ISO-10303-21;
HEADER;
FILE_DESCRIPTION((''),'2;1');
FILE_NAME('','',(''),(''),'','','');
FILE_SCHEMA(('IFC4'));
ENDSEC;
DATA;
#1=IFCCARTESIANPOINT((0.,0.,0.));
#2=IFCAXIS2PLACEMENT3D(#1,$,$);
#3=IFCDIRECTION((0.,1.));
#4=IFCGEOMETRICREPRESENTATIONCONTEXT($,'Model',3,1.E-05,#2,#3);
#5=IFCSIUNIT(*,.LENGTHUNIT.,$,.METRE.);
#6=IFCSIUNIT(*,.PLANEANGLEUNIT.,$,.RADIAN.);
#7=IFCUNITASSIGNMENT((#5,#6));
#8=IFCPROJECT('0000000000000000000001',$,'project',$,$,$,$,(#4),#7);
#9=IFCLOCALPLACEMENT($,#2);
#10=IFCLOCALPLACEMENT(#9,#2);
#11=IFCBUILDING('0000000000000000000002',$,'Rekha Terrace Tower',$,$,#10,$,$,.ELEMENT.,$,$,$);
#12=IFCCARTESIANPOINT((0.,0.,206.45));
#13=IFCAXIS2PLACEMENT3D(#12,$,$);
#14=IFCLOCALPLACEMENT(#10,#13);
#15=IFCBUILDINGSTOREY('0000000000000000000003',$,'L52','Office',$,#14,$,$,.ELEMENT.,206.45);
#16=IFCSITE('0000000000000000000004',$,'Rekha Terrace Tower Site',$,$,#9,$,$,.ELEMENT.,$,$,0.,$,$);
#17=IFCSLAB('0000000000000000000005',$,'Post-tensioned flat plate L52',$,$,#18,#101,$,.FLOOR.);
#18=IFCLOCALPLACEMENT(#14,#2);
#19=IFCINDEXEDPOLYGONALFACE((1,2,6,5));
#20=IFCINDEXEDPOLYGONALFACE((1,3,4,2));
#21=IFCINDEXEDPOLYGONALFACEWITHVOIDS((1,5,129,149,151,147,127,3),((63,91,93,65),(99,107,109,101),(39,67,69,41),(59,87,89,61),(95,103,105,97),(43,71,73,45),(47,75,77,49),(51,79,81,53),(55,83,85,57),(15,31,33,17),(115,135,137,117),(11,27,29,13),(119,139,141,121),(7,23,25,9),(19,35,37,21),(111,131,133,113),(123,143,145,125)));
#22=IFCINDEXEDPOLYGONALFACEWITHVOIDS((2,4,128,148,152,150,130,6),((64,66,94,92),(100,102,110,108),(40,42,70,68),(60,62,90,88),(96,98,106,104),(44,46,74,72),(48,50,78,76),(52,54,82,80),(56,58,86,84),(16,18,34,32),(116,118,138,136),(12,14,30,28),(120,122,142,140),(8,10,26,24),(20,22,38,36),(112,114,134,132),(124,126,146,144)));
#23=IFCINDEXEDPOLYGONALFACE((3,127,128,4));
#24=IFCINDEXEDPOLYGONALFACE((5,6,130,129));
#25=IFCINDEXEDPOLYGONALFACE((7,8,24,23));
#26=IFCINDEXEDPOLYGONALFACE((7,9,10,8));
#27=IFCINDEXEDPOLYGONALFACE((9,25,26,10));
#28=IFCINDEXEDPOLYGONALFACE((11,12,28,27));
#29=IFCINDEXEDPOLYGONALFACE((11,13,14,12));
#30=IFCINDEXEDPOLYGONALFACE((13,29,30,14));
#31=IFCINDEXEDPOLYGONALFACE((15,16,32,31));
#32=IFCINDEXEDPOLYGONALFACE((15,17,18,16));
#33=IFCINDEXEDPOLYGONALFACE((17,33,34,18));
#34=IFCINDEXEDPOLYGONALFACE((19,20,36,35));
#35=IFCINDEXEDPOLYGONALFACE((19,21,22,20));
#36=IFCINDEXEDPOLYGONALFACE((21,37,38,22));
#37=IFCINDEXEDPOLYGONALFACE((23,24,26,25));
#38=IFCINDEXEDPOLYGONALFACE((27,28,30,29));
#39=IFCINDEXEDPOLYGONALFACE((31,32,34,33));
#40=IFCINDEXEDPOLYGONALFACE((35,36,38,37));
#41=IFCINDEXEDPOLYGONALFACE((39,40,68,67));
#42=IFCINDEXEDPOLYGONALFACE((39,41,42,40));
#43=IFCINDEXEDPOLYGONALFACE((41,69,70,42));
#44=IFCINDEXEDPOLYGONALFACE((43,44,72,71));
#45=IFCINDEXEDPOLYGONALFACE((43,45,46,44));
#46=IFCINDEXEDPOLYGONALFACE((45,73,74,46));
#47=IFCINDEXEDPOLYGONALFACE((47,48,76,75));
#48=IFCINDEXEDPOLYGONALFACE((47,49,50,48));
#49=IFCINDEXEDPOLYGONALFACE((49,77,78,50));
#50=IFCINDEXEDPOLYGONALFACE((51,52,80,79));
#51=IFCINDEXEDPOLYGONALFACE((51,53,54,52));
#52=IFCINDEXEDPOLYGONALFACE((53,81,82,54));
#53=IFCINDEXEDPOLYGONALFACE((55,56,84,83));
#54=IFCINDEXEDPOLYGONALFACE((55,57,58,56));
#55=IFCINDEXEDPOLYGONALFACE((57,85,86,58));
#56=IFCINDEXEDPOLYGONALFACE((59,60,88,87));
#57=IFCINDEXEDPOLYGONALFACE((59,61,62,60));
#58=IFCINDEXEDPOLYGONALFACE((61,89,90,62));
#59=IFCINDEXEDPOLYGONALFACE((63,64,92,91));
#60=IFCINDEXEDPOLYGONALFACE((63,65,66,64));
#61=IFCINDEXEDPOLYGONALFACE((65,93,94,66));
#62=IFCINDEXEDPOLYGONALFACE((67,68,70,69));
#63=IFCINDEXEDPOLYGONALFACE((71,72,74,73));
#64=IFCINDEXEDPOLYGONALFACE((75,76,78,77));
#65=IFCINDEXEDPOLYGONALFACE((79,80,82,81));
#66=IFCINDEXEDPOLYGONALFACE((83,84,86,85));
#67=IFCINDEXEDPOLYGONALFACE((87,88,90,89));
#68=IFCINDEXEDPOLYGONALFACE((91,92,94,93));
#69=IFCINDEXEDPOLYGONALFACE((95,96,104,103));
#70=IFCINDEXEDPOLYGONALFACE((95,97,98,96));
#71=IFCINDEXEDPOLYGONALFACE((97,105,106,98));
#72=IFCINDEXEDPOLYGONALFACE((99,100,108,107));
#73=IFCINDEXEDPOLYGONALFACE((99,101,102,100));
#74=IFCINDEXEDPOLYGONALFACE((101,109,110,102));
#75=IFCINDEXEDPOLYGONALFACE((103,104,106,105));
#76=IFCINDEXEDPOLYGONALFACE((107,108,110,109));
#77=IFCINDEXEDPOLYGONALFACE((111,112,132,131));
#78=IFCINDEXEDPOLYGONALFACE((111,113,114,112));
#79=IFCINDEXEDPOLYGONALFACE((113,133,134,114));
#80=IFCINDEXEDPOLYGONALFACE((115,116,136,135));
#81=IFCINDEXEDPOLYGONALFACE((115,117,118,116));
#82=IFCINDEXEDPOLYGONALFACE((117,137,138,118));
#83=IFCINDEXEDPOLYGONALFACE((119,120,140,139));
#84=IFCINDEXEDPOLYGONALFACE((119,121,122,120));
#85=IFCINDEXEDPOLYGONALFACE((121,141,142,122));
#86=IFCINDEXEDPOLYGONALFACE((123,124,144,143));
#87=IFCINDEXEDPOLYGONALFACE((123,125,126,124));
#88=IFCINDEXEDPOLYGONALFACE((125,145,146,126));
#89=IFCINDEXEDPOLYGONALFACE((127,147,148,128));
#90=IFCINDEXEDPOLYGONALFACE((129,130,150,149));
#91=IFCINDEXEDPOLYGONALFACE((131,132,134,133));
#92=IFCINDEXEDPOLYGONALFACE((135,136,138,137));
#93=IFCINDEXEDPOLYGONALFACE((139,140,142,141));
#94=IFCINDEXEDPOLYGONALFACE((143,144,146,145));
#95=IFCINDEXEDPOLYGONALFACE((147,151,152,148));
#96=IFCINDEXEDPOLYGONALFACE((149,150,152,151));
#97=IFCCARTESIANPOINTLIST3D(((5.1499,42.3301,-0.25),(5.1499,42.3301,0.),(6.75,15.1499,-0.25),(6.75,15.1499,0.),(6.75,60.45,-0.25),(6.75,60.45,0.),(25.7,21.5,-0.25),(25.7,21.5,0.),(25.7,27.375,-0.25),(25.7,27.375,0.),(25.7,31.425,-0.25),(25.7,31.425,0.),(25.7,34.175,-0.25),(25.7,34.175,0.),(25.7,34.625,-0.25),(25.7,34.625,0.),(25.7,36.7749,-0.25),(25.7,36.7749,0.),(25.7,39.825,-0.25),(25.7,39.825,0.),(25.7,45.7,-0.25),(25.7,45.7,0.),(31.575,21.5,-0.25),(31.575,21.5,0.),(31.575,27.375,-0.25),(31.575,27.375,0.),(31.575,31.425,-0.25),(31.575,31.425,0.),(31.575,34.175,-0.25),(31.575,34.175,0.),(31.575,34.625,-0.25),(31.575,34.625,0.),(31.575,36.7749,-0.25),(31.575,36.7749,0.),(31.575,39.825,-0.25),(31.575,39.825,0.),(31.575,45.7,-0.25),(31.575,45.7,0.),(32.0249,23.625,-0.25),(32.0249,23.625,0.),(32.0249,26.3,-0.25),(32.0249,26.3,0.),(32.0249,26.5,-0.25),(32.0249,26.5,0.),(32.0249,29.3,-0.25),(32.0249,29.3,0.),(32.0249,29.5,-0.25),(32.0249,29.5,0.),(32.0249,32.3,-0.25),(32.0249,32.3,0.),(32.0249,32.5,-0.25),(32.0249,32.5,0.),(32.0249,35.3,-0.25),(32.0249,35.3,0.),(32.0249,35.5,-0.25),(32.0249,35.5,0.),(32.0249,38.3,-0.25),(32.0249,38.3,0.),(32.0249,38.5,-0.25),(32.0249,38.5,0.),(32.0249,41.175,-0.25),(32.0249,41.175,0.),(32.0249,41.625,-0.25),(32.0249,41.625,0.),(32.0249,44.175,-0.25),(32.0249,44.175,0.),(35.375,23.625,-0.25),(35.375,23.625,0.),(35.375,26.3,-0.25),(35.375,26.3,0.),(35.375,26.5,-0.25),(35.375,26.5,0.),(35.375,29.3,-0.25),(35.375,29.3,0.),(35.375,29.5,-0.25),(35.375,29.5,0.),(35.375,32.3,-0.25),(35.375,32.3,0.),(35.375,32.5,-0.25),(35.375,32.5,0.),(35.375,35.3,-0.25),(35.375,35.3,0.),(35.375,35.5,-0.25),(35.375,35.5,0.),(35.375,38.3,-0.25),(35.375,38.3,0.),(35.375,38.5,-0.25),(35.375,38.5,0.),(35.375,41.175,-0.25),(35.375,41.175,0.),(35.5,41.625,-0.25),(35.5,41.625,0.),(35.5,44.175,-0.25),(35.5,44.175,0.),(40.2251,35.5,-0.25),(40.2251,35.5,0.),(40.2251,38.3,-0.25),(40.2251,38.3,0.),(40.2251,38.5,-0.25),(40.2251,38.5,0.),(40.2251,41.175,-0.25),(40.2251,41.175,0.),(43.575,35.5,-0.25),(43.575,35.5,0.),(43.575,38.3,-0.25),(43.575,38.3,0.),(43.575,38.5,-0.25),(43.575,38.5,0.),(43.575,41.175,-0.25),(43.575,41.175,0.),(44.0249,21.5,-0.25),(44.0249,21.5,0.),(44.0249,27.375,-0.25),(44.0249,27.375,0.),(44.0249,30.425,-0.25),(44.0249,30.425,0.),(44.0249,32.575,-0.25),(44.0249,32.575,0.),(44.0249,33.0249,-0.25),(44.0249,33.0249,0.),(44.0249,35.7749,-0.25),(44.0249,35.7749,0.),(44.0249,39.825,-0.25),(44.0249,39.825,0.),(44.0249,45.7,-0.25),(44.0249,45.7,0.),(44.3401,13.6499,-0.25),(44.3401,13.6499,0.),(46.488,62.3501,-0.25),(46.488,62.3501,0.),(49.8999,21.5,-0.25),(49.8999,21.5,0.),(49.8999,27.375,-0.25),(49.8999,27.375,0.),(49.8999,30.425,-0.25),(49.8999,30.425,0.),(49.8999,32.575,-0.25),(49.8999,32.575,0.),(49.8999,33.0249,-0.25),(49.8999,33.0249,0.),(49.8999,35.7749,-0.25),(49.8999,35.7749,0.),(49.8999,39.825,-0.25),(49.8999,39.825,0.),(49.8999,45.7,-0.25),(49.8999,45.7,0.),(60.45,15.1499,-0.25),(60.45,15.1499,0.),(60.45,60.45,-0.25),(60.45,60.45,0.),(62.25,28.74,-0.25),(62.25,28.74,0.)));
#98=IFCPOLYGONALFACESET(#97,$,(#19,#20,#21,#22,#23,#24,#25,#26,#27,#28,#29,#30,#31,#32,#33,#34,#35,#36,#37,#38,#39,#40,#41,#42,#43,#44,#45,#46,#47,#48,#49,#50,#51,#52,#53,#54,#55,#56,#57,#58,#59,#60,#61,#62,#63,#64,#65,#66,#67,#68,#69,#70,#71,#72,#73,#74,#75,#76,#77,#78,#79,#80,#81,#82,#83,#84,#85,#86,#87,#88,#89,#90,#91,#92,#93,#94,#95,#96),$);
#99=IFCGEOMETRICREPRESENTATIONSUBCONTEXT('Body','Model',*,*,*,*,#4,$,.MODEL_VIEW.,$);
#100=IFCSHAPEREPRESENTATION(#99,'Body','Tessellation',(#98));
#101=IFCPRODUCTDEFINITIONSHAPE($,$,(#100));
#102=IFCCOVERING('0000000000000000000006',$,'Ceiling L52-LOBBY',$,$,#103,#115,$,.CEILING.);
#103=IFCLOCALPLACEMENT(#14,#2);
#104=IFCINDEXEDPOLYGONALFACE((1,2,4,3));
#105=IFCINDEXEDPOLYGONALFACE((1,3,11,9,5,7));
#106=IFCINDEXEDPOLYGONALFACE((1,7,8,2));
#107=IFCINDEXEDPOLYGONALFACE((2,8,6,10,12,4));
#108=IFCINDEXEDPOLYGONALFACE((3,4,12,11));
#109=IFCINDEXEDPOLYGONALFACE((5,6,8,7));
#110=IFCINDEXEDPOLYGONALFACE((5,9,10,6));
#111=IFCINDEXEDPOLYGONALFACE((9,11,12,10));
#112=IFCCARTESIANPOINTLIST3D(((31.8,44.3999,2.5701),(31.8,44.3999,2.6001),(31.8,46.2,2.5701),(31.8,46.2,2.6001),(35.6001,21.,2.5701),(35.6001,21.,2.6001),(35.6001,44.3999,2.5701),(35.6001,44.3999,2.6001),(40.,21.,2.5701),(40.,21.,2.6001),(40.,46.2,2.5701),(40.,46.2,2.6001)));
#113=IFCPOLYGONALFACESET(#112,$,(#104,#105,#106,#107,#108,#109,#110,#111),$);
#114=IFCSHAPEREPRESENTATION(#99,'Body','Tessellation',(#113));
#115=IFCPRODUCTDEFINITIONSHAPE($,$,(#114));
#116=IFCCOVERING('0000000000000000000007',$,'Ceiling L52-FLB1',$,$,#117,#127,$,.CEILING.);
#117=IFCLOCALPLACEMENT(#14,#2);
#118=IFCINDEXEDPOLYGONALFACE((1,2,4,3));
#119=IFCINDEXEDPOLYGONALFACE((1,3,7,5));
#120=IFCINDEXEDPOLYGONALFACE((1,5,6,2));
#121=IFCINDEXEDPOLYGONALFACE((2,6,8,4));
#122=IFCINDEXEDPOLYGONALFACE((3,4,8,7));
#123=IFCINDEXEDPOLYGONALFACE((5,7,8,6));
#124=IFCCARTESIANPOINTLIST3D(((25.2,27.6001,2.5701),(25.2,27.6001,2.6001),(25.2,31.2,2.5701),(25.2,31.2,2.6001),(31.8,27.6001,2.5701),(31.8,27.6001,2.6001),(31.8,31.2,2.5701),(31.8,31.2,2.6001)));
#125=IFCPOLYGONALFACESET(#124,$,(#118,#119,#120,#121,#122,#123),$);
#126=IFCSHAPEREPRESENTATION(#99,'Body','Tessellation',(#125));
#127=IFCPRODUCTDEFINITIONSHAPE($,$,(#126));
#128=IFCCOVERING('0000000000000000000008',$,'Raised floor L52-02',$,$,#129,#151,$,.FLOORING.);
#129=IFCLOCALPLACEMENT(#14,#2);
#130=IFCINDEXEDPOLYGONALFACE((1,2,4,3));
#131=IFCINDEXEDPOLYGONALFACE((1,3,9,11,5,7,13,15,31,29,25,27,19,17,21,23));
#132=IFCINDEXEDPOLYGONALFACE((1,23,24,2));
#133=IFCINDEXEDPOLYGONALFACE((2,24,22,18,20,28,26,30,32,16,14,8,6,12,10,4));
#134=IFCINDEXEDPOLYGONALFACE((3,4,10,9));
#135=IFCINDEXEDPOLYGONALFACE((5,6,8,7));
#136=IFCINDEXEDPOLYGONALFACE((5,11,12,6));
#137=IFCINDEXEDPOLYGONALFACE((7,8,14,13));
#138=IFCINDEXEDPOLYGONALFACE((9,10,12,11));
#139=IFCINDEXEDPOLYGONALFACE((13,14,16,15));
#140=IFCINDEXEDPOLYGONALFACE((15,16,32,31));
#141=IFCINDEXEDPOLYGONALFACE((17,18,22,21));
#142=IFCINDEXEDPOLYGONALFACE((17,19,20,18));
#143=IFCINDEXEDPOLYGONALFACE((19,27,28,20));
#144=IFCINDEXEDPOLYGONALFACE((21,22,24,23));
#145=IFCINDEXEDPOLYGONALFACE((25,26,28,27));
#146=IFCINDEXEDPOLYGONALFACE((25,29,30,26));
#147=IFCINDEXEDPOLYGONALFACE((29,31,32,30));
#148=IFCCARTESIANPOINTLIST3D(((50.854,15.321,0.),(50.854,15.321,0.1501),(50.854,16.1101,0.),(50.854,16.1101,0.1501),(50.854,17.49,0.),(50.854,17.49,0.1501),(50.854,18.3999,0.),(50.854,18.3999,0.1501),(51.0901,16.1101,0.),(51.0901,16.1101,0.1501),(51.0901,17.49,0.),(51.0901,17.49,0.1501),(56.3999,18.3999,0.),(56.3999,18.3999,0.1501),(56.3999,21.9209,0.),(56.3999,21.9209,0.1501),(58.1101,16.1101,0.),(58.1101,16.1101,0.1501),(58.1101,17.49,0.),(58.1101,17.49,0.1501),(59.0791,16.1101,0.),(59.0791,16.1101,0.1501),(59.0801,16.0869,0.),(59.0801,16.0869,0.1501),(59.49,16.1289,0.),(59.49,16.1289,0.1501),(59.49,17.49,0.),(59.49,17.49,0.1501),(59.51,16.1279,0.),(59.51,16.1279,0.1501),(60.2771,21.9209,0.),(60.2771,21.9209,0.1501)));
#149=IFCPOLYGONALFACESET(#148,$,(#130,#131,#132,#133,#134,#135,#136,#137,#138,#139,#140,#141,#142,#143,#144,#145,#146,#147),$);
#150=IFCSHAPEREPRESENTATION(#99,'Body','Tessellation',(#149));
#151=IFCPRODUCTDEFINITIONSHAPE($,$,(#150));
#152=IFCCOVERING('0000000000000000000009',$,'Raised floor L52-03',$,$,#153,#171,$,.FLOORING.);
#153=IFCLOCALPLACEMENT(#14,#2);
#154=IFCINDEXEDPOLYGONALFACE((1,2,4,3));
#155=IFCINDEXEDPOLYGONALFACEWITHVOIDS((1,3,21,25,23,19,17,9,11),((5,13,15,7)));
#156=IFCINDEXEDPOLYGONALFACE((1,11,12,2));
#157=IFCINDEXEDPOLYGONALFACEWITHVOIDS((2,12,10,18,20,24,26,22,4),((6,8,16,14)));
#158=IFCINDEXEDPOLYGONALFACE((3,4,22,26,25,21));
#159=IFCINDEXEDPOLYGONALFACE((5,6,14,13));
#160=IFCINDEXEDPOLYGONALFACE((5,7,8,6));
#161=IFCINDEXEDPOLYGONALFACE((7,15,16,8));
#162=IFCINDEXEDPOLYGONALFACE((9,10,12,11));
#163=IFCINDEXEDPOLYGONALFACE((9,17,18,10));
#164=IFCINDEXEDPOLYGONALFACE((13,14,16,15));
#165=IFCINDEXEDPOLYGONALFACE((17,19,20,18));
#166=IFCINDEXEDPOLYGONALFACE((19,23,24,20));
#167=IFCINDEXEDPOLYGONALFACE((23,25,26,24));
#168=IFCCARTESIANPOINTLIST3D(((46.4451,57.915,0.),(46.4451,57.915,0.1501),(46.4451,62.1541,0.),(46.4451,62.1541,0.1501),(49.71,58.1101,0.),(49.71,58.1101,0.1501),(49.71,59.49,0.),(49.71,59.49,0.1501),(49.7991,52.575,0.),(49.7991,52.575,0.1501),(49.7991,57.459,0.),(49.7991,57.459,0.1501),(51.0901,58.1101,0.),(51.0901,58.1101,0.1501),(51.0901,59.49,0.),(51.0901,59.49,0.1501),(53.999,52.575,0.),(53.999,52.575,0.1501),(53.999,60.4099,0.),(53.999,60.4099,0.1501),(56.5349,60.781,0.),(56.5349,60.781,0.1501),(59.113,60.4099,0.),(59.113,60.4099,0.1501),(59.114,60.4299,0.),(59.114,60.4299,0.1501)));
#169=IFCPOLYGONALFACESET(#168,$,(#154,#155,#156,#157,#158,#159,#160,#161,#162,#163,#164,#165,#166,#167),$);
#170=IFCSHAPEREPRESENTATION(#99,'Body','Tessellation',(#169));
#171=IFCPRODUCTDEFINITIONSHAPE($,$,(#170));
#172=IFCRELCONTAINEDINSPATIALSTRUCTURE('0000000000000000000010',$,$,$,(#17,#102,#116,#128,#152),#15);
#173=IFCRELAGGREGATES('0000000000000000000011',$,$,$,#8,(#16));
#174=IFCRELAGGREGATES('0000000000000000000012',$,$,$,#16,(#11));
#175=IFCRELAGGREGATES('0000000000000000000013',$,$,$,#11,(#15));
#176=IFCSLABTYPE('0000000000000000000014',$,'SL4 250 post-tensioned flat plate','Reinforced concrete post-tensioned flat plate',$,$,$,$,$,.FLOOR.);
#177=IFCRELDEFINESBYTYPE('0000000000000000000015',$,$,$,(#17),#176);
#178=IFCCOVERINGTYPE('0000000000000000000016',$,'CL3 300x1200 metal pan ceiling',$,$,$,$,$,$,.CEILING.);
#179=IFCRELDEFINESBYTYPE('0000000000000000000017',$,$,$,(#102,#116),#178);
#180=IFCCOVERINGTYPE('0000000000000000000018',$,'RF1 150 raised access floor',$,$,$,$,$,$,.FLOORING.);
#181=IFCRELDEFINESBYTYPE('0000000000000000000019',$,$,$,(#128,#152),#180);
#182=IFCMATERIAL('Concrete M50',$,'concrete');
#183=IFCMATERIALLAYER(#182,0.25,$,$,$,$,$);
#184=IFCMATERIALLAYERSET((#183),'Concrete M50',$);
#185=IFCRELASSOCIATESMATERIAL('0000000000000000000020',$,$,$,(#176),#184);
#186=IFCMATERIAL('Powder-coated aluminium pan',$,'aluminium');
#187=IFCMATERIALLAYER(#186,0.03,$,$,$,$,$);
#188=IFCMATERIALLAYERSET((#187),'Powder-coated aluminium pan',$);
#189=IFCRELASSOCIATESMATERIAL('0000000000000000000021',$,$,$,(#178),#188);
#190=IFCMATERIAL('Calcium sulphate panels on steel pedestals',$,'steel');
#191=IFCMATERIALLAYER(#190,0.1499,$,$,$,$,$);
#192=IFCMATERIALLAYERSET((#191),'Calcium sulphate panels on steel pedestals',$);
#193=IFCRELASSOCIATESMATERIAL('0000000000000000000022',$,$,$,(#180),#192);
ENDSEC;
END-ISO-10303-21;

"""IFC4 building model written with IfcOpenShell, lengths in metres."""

from ifc_helpers import new_model, si_unit, direction, frame, origin, place, context, subcontext, project, spatial, polyline, outline, extrude, material, layer, layer_set, type_object, element, save


model = new_model("IFC4")

# Units and contexts
model_context = context("Model", 3, precision=1e-05, world=origin(), true_north=direction((0.0, 1.0)))
body_context = subcontext(model_context, "Body", "Model", "MODEL_VIEW")
ifc_project = project(units=[si_unit("LENGTHUNIT", "METRE"), si_unit("PLANEANGLEUNIT", "RADIAN")], contexts=[model_context])

# Site, building, storey
site_placement = place(None, origin())
site = spatial("IfcSite", under=ifc_project, at=site_placement, Name="Rekha Terrace Tower Site", CompositionType="ELEMENT", RefElevation=0.0)
building_placement = place(site_placement, origin())
building = spatial("IfcBuilding", under=site, at=building_placement, Name="Rekha Terrace Tower", CompositionType="ELEMENT")
storey_placement = place(building_placement, frame((0.0, 0.0, 206.45)))
storey = spatial("IfcBuildingStorey", under=building, at=storey_placement, Name="L52", Description="Office", CompositionType="ELEMENT", Elevation=206.45)

# Slab
ifc_material_1 = material(Name="Concrete M50", Category="concrete")
ifc_layer_1 = layer(ifc_material_1, 0.25)
ifc_layer_set_1 = layer_set([ifc_layer_1], Name="Concrete M50")
slab_type_1 = type_object("IfcSlabType", Name="SL4 250 post-tensioned flat plate", Description="Reinforced concrete post-tensioned flat plate", PredefinedType="FLOOR", material=ifc_layer_set_1)
slab_1_placement = place(storey_placement, frame((0.0, 0.0, -0.25)))
element("IfcSlab", 1, at=slab_1_placement, inside=storey, type_object=slab_type_1, Name="Post-tensioned flat plate L52", PredefinedType="FLOOR", context=body_context, shape_type="SweptSolid", body=[
    extrude(outline(polyline([(5.1499, 42.3301), (6.75, 15.1499), (44.3401, 13.6499), (60.45, 15.1499), (62.25, 28.74), (60.45, 60.45), (46.488, 62.3501), (6.75, 60.45), (5.1499, 42.3301)]), holes=[polyline([(31.575, 27.375), (31.575, 21.5), (25.7, 21.5), (25.7, 27.375), (31.575, 27.375)]), polyline([(35.375, 26.3), (35.375, 23.625), (32.0249, 23.625), (32.0249, 26.3), (35.375, 26.3)]), polyline([(35.375, 29.3), (35.375, 26.5), (32.0249, 26.5), (32.0249, 29.3), (35.375, 29.3)]), polyline([(35.375, 32.3), (35.375, 29.5), (32.0249, 29.5), (32.0249, 32.3), (35.375, 32.3)]), polyline([(31.575, 34.175), (31.575, 31.425), (25.7, 31.425), (25.7, 34.175), (31.575, 34.175)]), polyline([(35.375, 35.3), (35.375, 32.5), (32.0249, 32.5), (32.0249, 35.3), (35.375, 35.3)]), polyline([(31.575, 36.7749), (31.575, 34.625), (25.7, 34.625), (25.7, 36.7749), (31.575, 36.7749)]), polyline([(35.375, 38.3), (35.375, 35.5), (32.0249, 35.5), (32.0249, 38.3), (35.375, 38.3)]), polyline([(31.575, 45.7), (31.575, 39.825), (25.7, 39.825), (25.7, 45.7), (31.575, 45.7)]), polyline([(49.8999, 27.375), (49.8999, 21.5), (44.0249, 21.5), (44.0249, 27.375), (49.8999, 27.375)]), polyline([(49.8999, 32.575), (49.8999, 30.425), (44.0249, 30.425), (44.0249, 32.575), (49.8999, 32.575)]), polyline([(49.8999, 35.7749), (49.8999, 33.0249), (44.0249, 33.0249), (44.0249, 35.7749), (49.8999, 35.7749)]), polyline([(43.575, 38.3), (43.575, 35.5), (40.2251, 35.5), (40.2251, 38.3), (43.575, 38.3)]), polyline([(35.375, 41.175), (35.375, 38.5), (32.0249, 38.5), (32.0249, 41.175), (35.375, 41.175)]), polyline([(43.575, 41.175), (43.575, 38.5), (40.2251, 38.5), (40.2251, 41.175), (43.575, 41.175)]), polyline([(49.8999, 39.825), (44.0249, 39.825), (44.0249, 45.7), (49.8999, 45.7), (49.8999, 39.825)]), polyline([(35.5, 41.625), (32.0249, 41.625), (32.0249, 44.175), (35.5, 44.175), (35.5, 41.625)])]), origin(), (0.0, 0.0, 1.0), 0.25),
])

# Coverings
ifc_material_2 = material(Name="Powder-coated aluminium pan", Category="aluminium")
ifc_layer_2 = layer(ifc_material_2, 0.03)
ifc_layer_set_2 = layer_set([ifc_layer_2], Name="Powder-coated aluminium pan")
covering_type_1 = type_object("IfcCoveringType", Name="CL3 300x1200 metal pan ceiling", PredefinedType="CEILING", material=ifc_layer_set_2)
covering_1_placement = place(storey_placement, frame((0.0, 0.0, 2.5701)))
element("IfcCovering", 2, at=covering_1_placement, inside=storey, type_object=covering_type_1, Name="Ceiling L52-LOBBY", PredefinedType="CEILING", context=body_context, shape_type="SweptSolid", body=[
    extrude(outline(polyline([(35.6001, 44.3999), (35.6001, 21.0), (40.0, 21.0), (40.0, 46.2), (31.8, 46.2), (31.8, 44.3999), (35.6001, 44.3999)])), origin(), (0.0, 0.0, 1.0), 0.03),
])
covering_2_placement = place(storey_placement, frame((0.0, 0.0, 2.5701)))
element("IfcCovering", 3, at=covering_2_placement, inside=storey, type_object=covering_type_1, Name="Ceiling L52-FLB1", PredefinedType="CEILING", context=body_context, shape_type="SweptSolid", body=[
    extrude(outline(polyline([(31.8, 31.2), (25.2, 31.2), (25.2, 27.6001), (31.8, 27.6001), (31.8, 31.2)])), origin(), (0.0, 0.0, 1.0), 0.03),
])
ifc_material_3 = material(Name="Calcium sulphate panels on steel pedestals", Category="steel")
ifc_layer_3 = layer(ifc_material_3, 0.1499)
ifc_layer_set_3 = layer_set([ifc_layer_3], Name="Calcium sulphate panels on steel pedestals")
covering_type_2 = type_object("IfcCoveringType", Name="RF1 150 raised access floor", PredefinedType="FLOORING", material=ifc_layer_set_3)
covering_3_placement = place(storey_placement, origin())
element("IfcCovering", 4, at=covering_3_placement, inside=storey, type_object=covering_type_2, Name="Raised floor L52-02", PredefinedType="FLOORING", context=body_context, shape_type="SweptSolid", body=[
    extrude(outline(polyline([(59.49, 16.1289), (59.51, 16.1279), (60.2771, 21.9209), (56.3999, 21.9209), (56.3999, 18.3999), (50.854, 18.3999), (50.854, 17.49), (51.0901, 17.49), (51.0901, 16.1101), (50.854, 16.1101), (50.854, 15.321), (59.0801, 16.0869), (59.0791, 16.1101), (58.1101, 16.1101), (58.1101, 17.49), (59.49, 17.49), (59.49, 16.1289)])), origin(), (0.0, 0.0, 1.0), 0.1501),
])
covering_4_placement = place(storey_placement, origin())
element("IfcCovering", 5, at=covering_4_placement, inside=storey, type_object=covering_type_2, Name="Raised floor L52-03", PredefinedType="FLOORING", context=body_context, shape_type="SweptSolid", body=[
    extrude(outline(polyline([(49.7991, 52.575), (53.999, 52.575), (53.999, 60.4099), (59.113, 60.4099), (59.114, 60.4299), (56.5349, 60.781), (46.4451, 62.1541), (46.4451, 57.915), (49.7991, 57.459), (49.7991, 52.575)]), holes=[polyline([(51.0901, 58.1101), (49.71, 58.1101), (49.71, 59.49), (51.0901, 59.49), (51.0901, 58.1101)])]), origin(), (0.0, 0.0, 1.0), 0.1501),
])

save(model, "model.ifc")
